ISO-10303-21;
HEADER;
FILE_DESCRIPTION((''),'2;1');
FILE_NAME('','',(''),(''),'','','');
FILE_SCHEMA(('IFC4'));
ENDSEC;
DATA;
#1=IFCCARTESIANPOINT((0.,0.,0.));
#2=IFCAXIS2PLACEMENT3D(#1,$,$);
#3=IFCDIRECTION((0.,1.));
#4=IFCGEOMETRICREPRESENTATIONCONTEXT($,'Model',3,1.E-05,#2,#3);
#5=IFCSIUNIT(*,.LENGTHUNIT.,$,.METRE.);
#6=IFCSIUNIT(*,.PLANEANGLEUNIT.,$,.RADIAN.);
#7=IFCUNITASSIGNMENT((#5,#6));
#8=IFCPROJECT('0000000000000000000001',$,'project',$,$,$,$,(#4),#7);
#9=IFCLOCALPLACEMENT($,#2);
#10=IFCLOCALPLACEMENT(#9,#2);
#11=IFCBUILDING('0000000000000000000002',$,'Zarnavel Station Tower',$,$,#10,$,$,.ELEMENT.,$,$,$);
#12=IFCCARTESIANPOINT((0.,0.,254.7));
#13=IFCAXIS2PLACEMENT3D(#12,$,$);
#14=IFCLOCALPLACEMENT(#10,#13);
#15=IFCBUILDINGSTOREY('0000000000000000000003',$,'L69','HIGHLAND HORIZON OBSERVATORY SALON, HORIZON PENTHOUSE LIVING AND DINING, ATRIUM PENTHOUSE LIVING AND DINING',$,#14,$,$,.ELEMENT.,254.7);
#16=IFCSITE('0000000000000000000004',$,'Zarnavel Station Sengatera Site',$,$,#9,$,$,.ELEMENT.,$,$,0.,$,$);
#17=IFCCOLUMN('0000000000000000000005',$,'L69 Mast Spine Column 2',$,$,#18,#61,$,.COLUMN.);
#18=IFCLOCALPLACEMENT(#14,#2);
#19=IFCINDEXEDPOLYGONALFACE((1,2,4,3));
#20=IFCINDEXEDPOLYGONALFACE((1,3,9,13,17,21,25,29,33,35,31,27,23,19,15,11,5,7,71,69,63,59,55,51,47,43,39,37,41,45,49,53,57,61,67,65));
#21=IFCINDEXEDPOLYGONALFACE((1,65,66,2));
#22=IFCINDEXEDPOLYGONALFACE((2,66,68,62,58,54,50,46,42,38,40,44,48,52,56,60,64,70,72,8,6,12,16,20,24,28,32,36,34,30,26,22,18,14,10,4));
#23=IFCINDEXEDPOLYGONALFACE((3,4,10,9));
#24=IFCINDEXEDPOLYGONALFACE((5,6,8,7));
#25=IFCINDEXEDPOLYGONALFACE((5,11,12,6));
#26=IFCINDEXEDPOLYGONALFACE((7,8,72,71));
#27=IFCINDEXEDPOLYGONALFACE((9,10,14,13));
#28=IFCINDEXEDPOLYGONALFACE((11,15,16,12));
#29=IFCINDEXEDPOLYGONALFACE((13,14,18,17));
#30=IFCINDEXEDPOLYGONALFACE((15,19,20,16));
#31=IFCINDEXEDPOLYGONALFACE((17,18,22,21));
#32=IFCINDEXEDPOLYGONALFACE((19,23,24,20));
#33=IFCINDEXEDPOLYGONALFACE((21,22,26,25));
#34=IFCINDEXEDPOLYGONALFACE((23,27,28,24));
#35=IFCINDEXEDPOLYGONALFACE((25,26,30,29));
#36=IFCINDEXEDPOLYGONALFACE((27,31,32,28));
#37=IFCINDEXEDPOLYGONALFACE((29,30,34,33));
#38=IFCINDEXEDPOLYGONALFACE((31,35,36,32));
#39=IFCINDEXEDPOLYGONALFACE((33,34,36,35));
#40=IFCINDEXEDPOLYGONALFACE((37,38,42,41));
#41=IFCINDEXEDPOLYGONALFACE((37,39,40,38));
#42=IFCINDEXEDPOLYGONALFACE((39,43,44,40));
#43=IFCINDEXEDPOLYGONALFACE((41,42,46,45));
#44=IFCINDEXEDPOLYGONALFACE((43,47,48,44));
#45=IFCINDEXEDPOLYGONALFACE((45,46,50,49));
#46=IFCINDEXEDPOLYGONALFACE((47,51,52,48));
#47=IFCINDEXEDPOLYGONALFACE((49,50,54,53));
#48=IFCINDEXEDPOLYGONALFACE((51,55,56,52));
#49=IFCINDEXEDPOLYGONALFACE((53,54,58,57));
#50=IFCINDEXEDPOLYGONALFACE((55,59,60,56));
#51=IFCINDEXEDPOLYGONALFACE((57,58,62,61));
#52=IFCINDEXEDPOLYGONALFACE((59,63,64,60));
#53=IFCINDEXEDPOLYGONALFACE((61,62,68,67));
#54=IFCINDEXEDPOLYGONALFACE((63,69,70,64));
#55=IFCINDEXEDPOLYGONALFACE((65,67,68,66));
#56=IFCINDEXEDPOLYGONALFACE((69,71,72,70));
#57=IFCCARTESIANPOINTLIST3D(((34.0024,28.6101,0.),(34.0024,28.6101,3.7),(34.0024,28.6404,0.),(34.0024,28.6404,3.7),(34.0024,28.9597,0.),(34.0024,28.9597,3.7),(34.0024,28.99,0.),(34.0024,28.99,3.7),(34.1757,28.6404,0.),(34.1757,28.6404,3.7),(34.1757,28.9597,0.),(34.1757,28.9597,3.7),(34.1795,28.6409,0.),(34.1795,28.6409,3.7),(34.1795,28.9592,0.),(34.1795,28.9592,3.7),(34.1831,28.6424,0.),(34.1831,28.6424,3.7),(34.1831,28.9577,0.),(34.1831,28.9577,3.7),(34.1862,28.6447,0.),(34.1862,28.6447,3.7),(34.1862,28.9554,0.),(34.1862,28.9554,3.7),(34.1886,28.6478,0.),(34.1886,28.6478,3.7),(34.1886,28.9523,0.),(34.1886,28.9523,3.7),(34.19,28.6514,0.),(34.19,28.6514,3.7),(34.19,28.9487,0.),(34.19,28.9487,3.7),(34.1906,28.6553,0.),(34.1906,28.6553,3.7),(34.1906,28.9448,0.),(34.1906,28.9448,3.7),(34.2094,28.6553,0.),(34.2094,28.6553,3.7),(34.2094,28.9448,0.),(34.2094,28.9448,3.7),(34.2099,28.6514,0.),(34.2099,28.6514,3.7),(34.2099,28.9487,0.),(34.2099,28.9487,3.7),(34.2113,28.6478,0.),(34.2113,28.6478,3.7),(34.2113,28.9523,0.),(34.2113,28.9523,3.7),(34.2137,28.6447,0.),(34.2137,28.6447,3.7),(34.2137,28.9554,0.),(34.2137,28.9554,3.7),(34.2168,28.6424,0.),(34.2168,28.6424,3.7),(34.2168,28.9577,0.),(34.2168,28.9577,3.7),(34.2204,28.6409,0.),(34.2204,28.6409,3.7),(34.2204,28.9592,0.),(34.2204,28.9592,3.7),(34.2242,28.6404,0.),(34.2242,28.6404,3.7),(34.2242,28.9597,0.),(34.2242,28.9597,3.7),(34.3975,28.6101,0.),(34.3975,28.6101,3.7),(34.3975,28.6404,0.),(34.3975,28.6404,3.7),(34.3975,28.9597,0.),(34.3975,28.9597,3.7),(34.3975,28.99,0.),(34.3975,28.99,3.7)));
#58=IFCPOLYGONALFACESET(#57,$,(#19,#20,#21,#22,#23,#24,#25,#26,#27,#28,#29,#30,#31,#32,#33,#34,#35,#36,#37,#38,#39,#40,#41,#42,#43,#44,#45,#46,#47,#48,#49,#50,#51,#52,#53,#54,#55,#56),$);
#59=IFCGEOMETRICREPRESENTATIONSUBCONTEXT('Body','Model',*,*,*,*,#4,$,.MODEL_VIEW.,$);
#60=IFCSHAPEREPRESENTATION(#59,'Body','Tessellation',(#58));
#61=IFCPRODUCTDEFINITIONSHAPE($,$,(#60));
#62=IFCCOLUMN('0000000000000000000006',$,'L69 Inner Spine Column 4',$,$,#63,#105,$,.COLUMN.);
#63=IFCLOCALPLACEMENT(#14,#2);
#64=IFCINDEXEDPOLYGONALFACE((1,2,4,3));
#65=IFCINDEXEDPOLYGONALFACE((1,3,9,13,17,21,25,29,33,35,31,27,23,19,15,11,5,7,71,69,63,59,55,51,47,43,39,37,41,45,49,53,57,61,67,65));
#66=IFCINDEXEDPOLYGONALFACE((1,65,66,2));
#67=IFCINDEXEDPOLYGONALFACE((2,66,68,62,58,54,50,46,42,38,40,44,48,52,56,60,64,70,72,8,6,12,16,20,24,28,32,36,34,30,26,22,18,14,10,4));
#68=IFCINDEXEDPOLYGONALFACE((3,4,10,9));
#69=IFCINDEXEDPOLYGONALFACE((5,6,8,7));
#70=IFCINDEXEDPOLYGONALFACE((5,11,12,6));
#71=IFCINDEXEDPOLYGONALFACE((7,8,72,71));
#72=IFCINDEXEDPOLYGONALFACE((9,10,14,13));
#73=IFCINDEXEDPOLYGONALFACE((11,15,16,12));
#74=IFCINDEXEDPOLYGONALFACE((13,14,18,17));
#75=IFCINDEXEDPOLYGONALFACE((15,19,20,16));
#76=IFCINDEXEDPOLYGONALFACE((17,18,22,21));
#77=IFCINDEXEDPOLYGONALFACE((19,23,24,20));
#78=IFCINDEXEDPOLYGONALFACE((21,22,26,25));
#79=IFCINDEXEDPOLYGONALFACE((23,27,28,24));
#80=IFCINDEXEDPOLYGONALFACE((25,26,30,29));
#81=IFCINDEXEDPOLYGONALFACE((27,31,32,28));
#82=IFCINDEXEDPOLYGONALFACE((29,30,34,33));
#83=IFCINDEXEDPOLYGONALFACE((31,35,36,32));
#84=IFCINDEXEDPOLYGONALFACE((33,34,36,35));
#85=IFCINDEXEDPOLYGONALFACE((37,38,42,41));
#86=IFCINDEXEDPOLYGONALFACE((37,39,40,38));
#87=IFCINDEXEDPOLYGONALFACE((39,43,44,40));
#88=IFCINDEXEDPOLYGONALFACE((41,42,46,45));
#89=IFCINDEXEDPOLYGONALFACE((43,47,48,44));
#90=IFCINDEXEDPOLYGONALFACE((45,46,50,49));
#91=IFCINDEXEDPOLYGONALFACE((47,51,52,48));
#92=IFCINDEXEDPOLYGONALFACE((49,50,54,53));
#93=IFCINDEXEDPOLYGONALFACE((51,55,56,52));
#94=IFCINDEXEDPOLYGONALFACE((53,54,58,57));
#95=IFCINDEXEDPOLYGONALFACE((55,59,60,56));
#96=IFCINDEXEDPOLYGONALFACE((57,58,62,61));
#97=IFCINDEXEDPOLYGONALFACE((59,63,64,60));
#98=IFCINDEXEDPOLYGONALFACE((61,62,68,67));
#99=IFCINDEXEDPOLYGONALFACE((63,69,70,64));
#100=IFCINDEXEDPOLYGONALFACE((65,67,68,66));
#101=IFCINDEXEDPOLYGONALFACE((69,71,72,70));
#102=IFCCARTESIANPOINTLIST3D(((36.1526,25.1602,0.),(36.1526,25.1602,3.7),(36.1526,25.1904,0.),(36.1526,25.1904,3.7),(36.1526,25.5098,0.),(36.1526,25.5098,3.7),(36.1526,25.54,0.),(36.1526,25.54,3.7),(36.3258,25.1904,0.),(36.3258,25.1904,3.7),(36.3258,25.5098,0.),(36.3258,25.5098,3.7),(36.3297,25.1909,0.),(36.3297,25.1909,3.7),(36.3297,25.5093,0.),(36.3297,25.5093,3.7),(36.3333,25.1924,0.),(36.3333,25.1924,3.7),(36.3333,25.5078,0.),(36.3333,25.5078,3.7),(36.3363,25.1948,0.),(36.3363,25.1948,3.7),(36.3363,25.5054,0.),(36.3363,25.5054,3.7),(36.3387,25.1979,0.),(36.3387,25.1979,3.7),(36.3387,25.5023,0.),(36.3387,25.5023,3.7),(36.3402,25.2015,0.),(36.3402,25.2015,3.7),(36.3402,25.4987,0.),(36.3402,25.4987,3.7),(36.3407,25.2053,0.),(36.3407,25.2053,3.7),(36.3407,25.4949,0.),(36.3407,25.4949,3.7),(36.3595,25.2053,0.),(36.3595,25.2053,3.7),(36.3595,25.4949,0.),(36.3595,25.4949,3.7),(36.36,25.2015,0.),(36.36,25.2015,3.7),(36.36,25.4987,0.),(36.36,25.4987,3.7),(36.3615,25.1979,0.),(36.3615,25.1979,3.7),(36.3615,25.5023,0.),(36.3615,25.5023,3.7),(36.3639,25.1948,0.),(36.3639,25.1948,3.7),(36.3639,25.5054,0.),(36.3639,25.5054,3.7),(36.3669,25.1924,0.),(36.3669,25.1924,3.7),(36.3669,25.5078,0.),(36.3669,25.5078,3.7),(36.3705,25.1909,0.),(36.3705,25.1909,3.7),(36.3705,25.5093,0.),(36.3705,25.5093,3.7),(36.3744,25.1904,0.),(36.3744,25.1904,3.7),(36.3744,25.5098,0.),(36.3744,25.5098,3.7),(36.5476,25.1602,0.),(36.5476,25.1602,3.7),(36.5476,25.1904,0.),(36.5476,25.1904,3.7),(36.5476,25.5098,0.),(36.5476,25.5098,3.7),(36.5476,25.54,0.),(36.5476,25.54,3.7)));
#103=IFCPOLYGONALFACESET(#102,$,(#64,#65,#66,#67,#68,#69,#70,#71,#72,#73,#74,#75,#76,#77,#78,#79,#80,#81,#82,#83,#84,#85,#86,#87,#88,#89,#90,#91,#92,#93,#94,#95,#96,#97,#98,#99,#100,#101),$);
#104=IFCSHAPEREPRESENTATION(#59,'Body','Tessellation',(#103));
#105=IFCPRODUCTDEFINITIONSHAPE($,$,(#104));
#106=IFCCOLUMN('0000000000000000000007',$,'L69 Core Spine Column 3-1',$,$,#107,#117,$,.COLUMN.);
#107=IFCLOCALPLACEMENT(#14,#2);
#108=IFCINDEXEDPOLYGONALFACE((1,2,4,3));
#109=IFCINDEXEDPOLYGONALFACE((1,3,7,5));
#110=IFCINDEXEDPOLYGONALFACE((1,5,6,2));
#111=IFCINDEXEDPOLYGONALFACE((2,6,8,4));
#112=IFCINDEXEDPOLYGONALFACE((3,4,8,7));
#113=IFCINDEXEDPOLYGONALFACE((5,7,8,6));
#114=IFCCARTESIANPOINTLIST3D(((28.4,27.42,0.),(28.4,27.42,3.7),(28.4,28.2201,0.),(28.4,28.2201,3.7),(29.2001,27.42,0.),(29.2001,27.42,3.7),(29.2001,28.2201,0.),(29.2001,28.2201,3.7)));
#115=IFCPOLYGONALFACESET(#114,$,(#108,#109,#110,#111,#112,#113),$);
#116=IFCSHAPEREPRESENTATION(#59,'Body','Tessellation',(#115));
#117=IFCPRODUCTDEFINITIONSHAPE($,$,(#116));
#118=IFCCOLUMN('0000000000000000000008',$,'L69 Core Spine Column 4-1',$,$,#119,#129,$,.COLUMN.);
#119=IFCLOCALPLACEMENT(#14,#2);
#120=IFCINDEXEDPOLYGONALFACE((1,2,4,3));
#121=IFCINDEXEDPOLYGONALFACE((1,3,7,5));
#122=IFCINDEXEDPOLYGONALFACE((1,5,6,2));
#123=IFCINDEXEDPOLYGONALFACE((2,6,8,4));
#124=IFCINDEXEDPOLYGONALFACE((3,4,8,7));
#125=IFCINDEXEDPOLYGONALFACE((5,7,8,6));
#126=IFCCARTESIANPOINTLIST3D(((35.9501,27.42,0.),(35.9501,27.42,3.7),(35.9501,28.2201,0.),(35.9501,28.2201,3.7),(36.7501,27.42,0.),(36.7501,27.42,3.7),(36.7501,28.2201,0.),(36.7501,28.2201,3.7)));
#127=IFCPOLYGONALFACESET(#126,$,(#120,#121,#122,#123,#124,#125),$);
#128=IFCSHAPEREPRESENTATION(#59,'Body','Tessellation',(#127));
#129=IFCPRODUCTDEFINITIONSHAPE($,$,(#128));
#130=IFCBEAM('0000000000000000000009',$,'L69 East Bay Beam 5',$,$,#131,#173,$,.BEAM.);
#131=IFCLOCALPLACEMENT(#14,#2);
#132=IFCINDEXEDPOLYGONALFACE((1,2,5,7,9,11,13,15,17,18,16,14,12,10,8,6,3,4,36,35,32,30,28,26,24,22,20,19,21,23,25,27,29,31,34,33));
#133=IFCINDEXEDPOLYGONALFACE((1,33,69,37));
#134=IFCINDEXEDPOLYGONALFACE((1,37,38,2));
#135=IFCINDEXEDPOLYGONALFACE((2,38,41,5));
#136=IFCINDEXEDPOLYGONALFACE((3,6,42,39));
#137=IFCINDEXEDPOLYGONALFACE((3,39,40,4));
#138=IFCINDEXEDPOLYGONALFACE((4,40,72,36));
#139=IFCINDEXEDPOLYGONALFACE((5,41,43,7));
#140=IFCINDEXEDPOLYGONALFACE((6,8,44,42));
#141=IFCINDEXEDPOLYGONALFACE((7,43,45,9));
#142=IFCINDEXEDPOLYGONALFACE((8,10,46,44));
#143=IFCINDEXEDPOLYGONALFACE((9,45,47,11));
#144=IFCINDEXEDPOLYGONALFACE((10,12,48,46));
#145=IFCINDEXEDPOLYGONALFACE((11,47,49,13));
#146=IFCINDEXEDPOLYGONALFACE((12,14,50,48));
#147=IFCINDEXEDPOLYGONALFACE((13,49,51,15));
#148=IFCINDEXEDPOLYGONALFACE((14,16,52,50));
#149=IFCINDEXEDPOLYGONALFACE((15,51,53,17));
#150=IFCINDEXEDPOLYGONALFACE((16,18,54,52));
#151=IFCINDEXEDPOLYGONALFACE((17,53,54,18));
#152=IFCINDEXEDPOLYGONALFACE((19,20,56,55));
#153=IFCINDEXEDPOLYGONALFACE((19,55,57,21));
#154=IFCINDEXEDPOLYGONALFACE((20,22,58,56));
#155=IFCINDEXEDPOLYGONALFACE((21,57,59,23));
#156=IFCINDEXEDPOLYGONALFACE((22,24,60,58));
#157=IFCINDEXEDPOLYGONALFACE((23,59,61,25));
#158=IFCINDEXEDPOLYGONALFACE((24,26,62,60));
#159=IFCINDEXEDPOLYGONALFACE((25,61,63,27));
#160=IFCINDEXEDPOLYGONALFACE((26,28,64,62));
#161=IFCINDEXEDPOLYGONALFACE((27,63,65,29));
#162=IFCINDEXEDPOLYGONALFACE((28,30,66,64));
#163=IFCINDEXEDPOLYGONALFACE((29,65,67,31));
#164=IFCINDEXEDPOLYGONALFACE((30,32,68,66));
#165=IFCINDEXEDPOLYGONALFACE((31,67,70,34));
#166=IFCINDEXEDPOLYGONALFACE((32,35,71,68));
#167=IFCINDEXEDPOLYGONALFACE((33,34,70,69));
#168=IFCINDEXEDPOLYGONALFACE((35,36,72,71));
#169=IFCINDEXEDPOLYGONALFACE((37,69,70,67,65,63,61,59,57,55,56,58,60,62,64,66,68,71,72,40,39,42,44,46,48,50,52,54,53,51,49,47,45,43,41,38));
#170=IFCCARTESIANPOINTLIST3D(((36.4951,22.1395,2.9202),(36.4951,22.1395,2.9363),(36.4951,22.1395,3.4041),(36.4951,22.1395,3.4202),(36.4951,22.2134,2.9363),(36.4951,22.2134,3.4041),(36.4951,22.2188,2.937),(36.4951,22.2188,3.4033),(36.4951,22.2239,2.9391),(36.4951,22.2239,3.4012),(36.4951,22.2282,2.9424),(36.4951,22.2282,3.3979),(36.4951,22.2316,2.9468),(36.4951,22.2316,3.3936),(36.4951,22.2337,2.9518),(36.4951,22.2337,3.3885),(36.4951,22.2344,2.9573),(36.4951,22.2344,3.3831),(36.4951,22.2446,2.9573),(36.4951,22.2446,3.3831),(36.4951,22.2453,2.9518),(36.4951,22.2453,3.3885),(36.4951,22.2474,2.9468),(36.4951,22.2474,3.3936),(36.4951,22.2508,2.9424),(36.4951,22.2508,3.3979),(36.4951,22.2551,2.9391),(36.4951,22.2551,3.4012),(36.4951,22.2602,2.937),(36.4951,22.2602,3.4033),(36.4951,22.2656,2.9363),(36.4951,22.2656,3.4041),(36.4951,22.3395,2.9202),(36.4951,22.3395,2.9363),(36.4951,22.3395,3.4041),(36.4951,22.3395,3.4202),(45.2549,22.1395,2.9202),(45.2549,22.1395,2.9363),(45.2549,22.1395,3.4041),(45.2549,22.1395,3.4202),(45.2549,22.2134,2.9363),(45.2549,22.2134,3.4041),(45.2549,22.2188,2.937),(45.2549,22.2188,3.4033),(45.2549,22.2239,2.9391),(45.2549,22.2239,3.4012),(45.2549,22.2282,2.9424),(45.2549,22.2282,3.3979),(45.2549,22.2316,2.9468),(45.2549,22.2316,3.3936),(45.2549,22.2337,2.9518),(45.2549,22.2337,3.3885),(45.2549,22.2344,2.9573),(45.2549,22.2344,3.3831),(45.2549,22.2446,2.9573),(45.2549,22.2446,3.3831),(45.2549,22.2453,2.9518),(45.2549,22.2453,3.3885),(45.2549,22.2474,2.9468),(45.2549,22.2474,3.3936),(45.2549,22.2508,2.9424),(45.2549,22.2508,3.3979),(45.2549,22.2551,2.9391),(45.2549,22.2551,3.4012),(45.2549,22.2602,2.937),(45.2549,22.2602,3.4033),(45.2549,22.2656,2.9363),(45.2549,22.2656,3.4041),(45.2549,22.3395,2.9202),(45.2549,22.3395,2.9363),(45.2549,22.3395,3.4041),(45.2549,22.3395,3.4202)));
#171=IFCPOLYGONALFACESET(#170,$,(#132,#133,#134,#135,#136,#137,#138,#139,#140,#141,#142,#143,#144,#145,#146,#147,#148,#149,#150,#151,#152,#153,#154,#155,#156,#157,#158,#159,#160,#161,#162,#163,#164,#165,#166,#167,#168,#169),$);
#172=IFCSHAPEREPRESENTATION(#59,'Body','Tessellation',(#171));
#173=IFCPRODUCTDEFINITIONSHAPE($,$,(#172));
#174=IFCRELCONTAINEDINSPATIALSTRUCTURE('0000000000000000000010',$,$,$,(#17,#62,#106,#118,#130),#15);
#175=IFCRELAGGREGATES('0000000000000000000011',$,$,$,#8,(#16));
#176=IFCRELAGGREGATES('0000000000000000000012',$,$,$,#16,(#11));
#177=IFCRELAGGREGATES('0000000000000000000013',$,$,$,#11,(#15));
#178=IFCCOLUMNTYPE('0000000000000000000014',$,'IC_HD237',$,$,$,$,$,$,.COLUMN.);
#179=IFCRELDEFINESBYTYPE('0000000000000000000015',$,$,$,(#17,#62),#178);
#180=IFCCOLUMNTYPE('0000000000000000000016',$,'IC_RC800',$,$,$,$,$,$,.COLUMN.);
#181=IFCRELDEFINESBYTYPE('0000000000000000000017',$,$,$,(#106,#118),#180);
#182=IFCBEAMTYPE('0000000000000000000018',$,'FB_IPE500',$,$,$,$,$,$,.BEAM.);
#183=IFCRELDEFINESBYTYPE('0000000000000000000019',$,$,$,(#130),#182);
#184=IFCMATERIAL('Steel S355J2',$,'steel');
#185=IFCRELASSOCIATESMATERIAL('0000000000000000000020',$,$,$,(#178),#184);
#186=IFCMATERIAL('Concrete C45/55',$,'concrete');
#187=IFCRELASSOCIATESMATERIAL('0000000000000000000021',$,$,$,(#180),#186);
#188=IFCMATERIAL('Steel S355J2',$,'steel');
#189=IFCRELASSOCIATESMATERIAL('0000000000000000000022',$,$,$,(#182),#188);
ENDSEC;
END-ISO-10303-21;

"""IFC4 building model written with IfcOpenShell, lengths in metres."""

from ifc_helpers import new_model, si_unit, direction, frame, origin, origin_2d, place, context, subcontext, project, spatial, rectangle, i_section, extrude, material, material_profile, profile_set, type_object, element, save


model = new_model("IFC4")

# Units and contexts
model_context = context("Model", 3, precision=1e-05, world=origin(), true_north=direction((0.0, 1.0)))
body_context = subcontext(model_context, "Body", "Model", "MODEL_VIEW")
ifc_project = project(units=[si_unit("LENGTHUNIT", "METRE"), si_unit("PLANEANGLEUNIT", "RADIAN")], contexts=[model_context])

# Site, building, storey
site_placement = place(None, origin())
site = spatial("IfcSite", under=ifc_project, at=site_placement, Name="Zarnavel Station Sengatera Site", CompositionType="ELEMENT", RefElevation=0.0)
building_placement = place(site_placement, origin())
building = spatial("IfcBuilding", under=site, at=building_placement, Name="Zarnavel Station Tower", CompositionType="ELEMENT")
storey_placement = place(building_placement, frame((0.0, 0.0, 254.7)))
storey = spatial("IfcBuildingStorey", under=building, at=storey_placement, Name="L69", Description="HIGHLAND HORIZON OBSERVATORY SALON, HORIZON PENTHOUSE LIVING AND DINING, ATRIUM PENTHOUSE LIVING AND DINING", CompositionType="ELEMENT", Elevation=254.7)

# Columns
ifc_material_1 = material(Name="Steel S355J2", Category="steel")
ifc_material_profile_1 = material_profile(ifc_material_1, i_section(OverallWidth=0.395, OverallDepth=0.3799, WebThickness=0.0188, FlangeThickness=0.0303, FilletRadius=0.0149, at=origin_2d()), Name="HD400x237")
ifc_profile_set_1 = profile_set([ifc_material_profile_1], Name="Steel S355J2")
column_type_1 = type_object("IfcColumnType", Name="IC_HD237", PredefinedType="COLUMN", material=ifc_profile_set_1)
for number, where, z_axis, x_axis, name in (
    (1, (34.2, 28.8, 0.0), (0.0, 0.0, 1.0), (1.0, 0.0, 0.0), "L69 Mast Spine Column 2"),
    (2, (36.3501, 25.3501, 0.0), (0.0, 0.0, 1.0), (1.0, 0.0, 0.0), "L69 Inner Spine Column 4"),
):
    element("IfcColumn", number, at=place(storey_placement, frame(where, z_axis=z_axis, x_axis=x_axis)), inside=storey, type_object=column_type_1, Name=name, PredefinedType="COLUMN", context=body_context, shape_type="SweptSolid", body=[
        extrude(i_section(OverallWidth=0.395, OverallDepth=0.3799, WebThickness=0.0188, FlangeThickness=0.0303, FilletRadius=0.0149, at=origin_2d()), origin(), (0.0, 0.0, 1.0), 3.7),
    ])
ifc_material_2 = material(Name="Concrete C45/55", Category="concrete")
ifc_material_profile_2 = material_profile(ifc_material_2, rectangle(XDim=0.8, YDim=0.8, at=origin_2d()), Name="RC800x800")
ifc_profile_set_2 = profile_set([ifc_material_profile_2], Name="Concrete C45/55")
column_type_2 = type_object("IfcColumnType", Name="IC_RC800", PredefinedType="COLUMN", material=ifc_profile_set_2)
for number, where, z_axis, x_axis, name in (
    (3, (28.8, 27.8201, 0.0), (0.0, 0.0, 1.0), (1.0, 0.0, 0.0), "L69 Core Spine Column 3-1"),
    (4, (36.3501, 27.8201, 0.0), (0.0, 0.0, 1.0), (1.0, 0.0, 0.0), "L69 Core Spine Column 4-1"),
):
    element("IfcColumn", number, at=place(storey_placement, frame(where, z_axis=z_axis, x_axis=x_axis)), inside=storey, type_object=column_type_2, Name=name, PredefinedType="COLUMN", context=body_context, shape_type="SweptSolid", body=[
        extrude(rectangle(XDim=0.8, YDim=0.8, at=origin_2d()), origin(), (0.0, 0.0, 1.0), 3.7),
    ])

# Beam
ifc_material_3 = material(Name="Steel S355J2", Category="steel")
ifc_material_profile_3 = material_profile(ifc_material_3, i_section(OverallWidth=0.2, OverallDepth=0.5, WebThickness=0.0103, FlangeThickness=0.0161, FilletRadius=0.021, at=origin_2d()), Name="IPE500")
ifc_profile_set_3 = profile_set([ifc_material_profile_3], Name="Steel S355J2")
beam_type_1 = type_object("IfcBeamType", Name="FB_IPE500", PredefinedType="BEAM", material=ifc_profile_set_3)
beam_1_placement = place(storey_placement, frame((36.4951, 22.2395, 3.1702), z_axis=(1.0, 0.0, 0.0), x_axis=(0.0, 1.0, 0.0)))
element("IfcBeam", 5, at=beam_1_placement, inside=storey, type_object=beam_type_1, Name="L69 East Bay Beam 5", PredefinedType="BEAM", context=body_context, shape_type="SweptSolid", body=[
    extrude(i_section(OverallWidth=0.2, OverallDepth=0.5, WebThickness=0.0103, FlangeThickness=0.0161, FilletRadius=0.021, at=origin_2d()), origin(), (0.0, 0.0, 1.0), 8.7598),
])

save(model, "model.ifc")
